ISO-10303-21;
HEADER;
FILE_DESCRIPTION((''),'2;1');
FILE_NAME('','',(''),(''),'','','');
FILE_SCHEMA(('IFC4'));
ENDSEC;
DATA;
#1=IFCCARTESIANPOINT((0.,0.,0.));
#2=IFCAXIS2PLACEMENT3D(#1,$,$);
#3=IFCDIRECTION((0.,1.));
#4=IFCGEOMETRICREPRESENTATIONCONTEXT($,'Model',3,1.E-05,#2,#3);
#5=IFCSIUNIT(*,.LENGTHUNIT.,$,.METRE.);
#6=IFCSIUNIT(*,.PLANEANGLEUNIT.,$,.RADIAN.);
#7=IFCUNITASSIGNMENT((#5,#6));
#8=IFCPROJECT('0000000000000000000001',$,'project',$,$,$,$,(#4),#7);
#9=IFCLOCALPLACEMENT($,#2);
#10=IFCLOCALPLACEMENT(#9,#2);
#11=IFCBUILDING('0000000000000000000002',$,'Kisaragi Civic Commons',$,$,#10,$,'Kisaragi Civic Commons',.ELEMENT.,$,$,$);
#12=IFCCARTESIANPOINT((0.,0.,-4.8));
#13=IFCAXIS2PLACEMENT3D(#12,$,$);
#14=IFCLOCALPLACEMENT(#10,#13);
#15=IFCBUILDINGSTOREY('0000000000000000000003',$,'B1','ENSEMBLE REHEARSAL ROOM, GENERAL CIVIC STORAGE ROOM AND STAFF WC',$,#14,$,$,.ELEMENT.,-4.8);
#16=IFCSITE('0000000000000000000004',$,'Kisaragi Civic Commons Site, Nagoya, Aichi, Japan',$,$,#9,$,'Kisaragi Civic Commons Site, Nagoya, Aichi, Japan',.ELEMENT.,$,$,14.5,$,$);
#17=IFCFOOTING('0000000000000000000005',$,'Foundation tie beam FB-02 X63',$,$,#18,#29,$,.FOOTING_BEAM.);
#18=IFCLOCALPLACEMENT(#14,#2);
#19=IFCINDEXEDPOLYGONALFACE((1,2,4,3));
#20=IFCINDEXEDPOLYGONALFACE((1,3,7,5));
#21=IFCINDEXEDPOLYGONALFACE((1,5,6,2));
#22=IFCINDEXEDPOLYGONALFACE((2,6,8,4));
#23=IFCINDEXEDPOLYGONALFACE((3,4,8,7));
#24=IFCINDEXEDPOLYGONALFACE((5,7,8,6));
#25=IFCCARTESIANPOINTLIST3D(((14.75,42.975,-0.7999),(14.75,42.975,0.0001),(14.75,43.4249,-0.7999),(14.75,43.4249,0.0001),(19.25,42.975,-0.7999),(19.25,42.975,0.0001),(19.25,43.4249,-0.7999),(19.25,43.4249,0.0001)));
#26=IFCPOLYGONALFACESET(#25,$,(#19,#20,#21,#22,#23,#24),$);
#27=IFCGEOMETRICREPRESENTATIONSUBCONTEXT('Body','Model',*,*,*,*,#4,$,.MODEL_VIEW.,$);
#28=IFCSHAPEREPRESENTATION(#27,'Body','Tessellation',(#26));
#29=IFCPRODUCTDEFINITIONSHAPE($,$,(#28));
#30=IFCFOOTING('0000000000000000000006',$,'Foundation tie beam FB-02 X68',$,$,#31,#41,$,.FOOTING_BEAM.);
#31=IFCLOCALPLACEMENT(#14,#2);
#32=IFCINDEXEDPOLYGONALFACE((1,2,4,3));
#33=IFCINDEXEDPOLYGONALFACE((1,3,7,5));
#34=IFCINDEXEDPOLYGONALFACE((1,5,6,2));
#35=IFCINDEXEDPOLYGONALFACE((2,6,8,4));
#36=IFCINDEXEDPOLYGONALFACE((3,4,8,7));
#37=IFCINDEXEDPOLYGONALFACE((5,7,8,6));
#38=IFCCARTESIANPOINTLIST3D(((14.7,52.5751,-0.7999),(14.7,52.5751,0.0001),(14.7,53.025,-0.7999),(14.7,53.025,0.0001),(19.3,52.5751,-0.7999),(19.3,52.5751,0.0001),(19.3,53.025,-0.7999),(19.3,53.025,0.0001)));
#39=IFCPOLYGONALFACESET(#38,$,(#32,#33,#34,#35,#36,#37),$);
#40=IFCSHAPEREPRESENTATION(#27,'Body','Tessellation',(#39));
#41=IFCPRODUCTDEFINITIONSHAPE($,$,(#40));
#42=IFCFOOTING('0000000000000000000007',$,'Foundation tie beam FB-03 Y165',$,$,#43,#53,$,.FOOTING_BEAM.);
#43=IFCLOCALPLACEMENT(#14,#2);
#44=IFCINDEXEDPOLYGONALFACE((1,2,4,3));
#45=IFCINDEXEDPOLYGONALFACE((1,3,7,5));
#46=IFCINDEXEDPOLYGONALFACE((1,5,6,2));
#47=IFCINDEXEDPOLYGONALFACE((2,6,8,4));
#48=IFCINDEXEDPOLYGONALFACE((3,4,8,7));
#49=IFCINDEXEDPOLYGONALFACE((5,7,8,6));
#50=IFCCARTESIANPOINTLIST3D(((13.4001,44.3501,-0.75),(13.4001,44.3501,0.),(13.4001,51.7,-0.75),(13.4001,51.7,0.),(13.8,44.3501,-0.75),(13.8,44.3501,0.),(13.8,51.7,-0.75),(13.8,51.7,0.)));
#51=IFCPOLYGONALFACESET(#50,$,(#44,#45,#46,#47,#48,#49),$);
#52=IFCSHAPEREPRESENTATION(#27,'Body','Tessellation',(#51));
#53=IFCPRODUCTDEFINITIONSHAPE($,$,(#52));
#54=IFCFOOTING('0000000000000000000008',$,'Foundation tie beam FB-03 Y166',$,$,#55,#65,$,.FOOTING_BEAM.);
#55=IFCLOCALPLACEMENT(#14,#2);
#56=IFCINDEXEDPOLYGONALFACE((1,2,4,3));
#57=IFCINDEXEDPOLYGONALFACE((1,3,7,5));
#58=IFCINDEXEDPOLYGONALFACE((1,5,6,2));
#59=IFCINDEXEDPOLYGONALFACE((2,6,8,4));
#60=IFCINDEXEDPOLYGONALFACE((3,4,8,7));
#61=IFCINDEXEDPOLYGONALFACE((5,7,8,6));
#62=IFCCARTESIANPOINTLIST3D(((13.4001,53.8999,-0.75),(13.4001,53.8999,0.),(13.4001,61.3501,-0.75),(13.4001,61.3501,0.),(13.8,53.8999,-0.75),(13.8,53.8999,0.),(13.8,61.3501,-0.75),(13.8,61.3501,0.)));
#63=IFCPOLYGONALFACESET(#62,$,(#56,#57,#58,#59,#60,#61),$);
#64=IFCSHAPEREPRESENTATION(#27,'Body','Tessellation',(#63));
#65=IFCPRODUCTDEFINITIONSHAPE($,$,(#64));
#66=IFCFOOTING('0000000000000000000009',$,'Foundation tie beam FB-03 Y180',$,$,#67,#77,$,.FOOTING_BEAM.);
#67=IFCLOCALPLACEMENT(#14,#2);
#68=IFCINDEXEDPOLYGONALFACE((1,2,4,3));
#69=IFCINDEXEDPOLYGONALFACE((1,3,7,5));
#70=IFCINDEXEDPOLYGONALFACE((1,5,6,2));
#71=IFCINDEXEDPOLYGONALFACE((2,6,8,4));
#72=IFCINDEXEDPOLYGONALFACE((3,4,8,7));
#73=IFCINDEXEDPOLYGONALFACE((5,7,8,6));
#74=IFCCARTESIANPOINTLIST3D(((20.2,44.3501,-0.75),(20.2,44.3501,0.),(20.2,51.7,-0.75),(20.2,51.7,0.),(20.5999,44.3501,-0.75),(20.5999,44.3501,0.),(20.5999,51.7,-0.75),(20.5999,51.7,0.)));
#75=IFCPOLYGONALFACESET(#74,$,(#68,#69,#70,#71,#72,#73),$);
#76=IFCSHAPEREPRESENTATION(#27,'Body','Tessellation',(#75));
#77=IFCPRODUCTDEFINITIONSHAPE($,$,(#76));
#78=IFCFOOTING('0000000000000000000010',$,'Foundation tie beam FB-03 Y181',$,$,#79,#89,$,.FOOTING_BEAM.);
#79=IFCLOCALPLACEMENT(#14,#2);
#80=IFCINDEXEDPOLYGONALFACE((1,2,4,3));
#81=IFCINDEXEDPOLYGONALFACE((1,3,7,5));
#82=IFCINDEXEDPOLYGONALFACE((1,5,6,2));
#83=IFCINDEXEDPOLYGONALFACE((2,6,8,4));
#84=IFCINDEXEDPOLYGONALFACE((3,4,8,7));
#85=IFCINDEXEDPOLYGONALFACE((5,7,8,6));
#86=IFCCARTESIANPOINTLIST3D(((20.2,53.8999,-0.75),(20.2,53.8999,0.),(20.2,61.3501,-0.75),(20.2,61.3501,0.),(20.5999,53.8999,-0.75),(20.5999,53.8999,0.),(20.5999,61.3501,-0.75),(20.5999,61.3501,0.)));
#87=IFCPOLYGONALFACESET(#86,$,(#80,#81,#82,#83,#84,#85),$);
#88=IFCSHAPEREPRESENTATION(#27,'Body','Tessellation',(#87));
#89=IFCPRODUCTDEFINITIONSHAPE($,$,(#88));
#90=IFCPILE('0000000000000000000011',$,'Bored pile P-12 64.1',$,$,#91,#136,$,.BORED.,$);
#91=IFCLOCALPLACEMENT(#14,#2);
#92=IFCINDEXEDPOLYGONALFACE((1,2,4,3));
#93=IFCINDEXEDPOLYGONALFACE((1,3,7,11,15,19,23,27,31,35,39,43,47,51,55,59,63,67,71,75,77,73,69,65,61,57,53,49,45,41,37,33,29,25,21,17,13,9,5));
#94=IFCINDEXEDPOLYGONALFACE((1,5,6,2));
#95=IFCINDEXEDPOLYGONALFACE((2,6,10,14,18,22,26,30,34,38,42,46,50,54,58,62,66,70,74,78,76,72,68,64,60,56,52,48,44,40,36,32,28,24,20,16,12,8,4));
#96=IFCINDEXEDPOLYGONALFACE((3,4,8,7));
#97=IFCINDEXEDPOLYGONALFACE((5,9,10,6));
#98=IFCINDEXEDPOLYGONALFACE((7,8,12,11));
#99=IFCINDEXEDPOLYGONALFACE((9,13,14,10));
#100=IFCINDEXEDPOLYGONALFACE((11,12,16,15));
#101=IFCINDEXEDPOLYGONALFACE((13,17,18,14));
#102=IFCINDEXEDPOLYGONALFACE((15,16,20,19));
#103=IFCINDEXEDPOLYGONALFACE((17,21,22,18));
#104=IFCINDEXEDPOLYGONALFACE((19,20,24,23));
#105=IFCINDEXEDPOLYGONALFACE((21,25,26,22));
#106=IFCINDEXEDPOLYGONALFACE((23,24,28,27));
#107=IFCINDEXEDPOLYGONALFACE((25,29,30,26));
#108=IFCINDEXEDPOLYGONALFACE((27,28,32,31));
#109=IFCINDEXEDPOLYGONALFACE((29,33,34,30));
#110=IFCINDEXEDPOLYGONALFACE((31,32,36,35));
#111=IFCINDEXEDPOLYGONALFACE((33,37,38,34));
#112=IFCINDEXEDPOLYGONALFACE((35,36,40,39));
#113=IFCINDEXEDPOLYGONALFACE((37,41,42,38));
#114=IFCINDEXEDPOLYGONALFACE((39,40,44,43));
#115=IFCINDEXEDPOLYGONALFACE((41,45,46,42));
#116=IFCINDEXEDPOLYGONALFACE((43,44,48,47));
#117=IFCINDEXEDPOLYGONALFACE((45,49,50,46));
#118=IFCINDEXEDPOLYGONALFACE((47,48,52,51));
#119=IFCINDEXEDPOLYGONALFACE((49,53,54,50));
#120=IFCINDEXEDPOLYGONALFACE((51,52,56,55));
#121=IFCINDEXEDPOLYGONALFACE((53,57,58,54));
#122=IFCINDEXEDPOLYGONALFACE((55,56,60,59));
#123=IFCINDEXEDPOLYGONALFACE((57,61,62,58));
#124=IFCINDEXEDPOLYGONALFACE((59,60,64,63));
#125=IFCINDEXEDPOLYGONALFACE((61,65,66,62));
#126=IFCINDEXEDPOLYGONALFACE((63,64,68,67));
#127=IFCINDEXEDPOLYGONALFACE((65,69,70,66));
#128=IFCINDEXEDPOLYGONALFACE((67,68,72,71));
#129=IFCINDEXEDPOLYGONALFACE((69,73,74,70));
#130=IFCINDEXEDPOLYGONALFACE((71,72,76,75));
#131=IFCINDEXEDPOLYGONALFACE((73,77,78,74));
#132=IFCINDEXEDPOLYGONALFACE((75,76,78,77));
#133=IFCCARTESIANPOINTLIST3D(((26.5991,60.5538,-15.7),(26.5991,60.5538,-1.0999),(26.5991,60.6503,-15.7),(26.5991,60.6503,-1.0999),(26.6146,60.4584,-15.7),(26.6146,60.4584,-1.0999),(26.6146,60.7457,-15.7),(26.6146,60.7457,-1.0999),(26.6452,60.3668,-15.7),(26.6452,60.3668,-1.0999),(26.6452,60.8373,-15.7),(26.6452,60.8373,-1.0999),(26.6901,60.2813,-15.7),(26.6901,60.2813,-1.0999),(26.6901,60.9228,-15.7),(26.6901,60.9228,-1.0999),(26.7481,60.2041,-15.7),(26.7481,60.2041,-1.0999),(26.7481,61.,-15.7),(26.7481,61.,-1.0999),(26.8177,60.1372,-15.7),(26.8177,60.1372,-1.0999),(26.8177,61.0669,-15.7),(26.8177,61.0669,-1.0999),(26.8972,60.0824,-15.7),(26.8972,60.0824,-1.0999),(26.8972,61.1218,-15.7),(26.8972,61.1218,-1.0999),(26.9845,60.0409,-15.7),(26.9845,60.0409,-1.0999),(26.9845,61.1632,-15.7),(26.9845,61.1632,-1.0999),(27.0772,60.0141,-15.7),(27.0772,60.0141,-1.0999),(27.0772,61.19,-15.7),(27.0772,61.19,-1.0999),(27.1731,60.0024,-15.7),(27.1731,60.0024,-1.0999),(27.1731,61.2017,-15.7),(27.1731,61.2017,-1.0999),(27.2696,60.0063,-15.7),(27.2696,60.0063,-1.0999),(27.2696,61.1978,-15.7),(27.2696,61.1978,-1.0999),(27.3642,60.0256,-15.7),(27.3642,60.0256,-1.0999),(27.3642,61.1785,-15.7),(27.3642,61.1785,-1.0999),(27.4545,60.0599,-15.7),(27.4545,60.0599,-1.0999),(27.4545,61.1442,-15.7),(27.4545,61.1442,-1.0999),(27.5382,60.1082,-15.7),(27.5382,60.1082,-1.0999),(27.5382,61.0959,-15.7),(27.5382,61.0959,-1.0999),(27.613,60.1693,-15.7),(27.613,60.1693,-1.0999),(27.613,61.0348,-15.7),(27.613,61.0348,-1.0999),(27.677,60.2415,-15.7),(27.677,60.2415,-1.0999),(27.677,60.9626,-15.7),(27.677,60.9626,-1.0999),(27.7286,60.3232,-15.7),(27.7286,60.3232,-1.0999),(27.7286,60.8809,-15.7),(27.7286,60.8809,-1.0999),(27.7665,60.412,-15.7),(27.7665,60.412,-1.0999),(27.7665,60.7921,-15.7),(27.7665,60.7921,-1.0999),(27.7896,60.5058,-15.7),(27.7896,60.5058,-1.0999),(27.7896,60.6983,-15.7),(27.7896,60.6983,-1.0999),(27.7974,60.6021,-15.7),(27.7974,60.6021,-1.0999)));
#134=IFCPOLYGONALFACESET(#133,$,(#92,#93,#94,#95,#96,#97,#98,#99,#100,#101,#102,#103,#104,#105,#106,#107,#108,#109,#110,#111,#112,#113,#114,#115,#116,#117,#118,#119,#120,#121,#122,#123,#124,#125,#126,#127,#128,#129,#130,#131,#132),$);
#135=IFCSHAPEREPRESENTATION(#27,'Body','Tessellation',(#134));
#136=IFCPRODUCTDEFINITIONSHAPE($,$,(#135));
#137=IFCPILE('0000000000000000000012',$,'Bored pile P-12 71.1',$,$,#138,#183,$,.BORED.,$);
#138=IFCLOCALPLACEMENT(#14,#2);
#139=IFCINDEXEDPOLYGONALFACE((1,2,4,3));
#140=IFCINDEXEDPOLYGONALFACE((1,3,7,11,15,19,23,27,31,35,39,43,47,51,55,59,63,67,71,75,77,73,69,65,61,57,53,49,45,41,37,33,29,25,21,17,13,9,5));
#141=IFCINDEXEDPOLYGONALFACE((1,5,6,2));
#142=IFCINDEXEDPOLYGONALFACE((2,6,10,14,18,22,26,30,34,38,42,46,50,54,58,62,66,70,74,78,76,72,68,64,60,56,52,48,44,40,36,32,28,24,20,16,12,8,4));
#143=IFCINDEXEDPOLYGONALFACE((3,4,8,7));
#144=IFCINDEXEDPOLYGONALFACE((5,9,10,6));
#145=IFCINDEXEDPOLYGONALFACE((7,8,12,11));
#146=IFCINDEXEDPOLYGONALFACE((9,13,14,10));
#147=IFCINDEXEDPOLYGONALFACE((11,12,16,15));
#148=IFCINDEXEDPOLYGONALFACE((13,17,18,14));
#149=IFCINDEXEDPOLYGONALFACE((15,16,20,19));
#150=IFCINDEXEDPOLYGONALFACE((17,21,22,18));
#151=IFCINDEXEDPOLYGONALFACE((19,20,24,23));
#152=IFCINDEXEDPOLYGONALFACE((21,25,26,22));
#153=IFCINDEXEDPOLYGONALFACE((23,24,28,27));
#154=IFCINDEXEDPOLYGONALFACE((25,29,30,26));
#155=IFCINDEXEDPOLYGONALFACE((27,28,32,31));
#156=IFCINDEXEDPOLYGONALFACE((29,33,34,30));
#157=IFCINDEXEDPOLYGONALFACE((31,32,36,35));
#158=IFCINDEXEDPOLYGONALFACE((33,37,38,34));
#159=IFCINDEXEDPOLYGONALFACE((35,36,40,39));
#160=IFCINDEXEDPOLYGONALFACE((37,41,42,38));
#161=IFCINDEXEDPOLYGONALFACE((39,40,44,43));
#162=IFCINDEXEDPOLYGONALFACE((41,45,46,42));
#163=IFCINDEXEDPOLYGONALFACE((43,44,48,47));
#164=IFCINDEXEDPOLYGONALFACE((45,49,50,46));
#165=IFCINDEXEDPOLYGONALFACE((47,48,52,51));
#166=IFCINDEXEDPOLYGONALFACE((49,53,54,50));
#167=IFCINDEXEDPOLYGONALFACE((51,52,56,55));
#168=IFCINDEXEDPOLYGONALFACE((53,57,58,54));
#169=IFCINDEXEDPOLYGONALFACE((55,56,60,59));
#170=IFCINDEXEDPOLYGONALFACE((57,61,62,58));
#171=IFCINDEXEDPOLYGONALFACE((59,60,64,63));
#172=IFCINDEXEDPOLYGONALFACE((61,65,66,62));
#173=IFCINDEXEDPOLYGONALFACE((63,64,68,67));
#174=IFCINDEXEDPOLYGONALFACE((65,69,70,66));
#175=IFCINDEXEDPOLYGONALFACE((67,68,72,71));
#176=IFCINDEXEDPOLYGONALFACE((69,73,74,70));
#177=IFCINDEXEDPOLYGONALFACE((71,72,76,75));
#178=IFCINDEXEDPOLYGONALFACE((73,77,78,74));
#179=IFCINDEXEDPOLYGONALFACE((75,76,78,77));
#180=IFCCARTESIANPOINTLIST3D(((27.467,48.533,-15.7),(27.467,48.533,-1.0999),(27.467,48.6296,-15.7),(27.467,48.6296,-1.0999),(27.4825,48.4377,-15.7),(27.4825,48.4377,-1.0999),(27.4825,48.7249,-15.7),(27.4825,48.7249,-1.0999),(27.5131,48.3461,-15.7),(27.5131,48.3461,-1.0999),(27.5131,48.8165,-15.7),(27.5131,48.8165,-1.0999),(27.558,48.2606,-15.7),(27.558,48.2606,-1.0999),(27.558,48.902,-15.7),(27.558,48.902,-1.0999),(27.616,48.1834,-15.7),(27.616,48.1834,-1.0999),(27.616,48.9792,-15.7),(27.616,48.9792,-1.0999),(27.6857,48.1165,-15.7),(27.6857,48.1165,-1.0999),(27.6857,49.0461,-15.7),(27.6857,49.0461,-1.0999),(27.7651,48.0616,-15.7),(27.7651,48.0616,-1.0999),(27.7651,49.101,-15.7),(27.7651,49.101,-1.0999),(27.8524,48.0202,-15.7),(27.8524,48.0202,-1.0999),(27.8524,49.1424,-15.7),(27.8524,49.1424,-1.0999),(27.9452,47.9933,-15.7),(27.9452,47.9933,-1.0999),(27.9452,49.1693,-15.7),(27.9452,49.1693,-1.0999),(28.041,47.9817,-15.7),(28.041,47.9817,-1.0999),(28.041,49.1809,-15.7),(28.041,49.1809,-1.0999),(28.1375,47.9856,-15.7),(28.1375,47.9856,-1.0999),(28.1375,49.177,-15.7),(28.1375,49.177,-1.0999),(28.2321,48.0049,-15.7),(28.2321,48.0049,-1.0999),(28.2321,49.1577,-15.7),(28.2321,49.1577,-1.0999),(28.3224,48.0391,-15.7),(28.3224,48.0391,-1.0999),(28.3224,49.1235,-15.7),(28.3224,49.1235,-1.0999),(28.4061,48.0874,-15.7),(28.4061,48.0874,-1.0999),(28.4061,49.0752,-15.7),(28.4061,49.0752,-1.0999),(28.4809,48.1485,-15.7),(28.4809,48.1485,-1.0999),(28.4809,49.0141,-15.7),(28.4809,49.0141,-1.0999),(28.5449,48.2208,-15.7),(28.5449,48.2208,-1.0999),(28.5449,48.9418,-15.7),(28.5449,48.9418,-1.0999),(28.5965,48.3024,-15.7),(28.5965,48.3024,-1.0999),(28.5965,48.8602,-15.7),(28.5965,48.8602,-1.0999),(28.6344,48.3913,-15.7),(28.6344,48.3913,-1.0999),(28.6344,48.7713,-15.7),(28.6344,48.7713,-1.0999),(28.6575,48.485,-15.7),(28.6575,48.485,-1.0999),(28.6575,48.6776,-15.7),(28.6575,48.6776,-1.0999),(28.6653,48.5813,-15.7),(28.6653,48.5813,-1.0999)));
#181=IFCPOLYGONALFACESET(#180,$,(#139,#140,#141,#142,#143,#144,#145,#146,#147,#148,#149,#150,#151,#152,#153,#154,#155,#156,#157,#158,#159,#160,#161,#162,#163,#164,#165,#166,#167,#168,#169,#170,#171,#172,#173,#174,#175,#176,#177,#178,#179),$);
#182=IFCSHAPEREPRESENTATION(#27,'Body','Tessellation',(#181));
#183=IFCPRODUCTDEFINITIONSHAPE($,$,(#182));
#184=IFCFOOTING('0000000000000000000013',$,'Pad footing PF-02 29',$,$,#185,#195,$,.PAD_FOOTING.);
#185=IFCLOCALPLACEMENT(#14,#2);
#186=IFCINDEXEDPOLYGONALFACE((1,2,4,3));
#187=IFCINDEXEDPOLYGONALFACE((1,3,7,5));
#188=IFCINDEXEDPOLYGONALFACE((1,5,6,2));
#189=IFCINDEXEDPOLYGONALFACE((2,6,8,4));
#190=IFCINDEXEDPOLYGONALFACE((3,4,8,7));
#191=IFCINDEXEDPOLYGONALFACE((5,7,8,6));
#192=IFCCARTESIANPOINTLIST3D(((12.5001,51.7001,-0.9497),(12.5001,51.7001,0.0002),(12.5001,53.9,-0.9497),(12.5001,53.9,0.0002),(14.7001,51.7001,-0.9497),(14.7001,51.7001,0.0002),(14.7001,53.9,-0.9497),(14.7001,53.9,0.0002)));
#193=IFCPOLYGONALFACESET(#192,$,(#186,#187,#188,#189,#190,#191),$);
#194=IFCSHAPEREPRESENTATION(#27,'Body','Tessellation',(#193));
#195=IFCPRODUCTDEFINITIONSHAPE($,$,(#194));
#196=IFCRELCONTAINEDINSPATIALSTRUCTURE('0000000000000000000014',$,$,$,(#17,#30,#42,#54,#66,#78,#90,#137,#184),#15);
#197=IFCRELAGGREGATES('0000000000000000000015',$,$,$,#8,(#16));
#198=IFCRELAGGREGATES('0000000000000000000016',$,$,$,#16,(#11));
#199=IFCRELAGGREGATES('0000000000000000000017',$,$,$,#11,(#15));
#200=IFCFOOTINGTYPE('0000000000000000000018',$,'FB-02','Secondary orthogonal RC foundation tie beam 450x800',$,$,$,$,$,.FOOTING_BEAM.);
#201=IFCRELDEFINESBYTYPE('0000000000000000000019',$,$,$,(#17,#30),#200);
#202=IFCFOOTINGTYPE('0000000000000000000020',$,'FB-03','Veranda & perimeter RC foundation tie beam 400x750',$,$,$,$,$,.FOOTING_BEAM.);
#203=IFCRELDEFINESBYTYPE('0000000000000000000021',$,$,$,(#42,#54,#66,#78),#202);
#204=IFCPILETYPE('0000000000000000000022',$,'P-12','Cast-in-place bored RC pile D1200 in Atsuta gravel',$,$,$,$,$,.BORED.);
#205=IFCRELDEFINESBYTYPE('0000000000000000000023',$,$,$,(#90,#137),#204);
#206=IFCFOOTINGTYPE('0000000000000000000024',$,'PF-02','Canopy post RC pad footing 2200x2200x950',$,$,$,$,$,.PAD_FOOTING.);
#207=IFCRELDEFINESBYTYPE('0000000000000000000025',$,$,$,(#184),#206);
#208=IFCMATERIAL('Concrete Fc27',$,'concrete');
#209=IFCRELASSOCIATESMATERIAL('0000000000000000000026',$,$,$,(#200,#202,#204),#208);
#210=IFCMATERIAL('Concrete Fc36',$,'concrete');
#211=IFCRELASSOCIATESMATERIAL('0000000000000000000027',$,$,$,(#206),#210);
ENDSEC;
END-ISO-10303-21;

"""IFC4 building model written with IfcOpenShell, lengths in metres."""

from ifc_helpers import new_model, si_unit, direction, frame, origin, origin_2d, place, context, subcontext, project, spatial, rectangle, circle, extrude, material, material_profile, profile_set, type_object, element, save


model = new_model("IFC4")

# Units and contexts
model_context = context("Model", 3, precision=1e-05, world=origin(), true_north=direction((0.0, 1.0)))
body_context = subcontext(model_context, "Body", "Model", "MODEL_VIEW")
ifc_project = project(units=[si_unit("LENGTHUNIT", "METRE"), si_unit("PLANEANGLEUNIT", "RADIAN")], contexts=[model_context])

# Site, building, storey
site_placement = place(None, origin())
site = spatial("IfcSite", under=ifc_project, at=site_placement, Name="Kisaragi Civic Commons Site, Nagoya, Aichi, Japan", LongName="Kisaragi Civic Commons Site, Nagoya, Aichi, Japan", CompositionType="ELEMENT", RefElevation=14.5)
building_placement = place(site_placement, origin())
building = spatial("IfcBuilding", under=site, at=building_placement, Name="Kisaragi Civic Commons", LongName="Kisaragi Civic Commons", CompositionType="ELEMENT")
storey_placement = place(building_placement, frame((0.0, 0.0, -4.8)))
storey = spatial("IfcBuildingStorey", under=building, at=storey_placement, Name="B1", Description="ENSEMBLE REHEARSAL ROOM, GENERAL CIVIC STORAGE ROOM AND STAFF WC", CompositionType="ELEMENT", Elevation=-4.8)

# Footings
ifc_material_1 = material(Name="Concrete Fc27", Category="concrete")
ifc_material_profile_1 = material_profile(ifc_material_1, rectangle(XDim=0.45, YDim=0.8, at=origin_2d()), Name="RC-450x800", Category="concrete")
ifc_profile_set_1 = profile_set([ifc_material_profile_1], Name="Concrete Fc27")
footing_type_1 = type_object("IfcFootingType", Name="FB-02", Description="Secondary orthogonal RC foundation tie beam 450x800", PredefinedType="FOOTING_BEAM", material=ifc_profile_set_1)
footing_1_placement = place(storey_placement, frame((14.75, 43.2, -0.3999), z_axis=(1.0, 0.0, 0.0), x_axis=(0.0, 1.0, 0.0)))
element("IfcFooting", 1, at=footing_1_placement, inside=storey, type_object=footing_type_1, Name="Foundation tie beam FB-02 X63", PredefinedType="FOOTING_BEAM", context=body_context, shape_type="SweptSolid", body=[
    extrude(rectangle(XDim=0.45, YDim=0.8, at=origin_2d()), origin(), (0.0, 0.0, 1.0), 4.5),
])
footing_2_placement = place(storey_placement, frame((14.7, 52.8, -0.3999), z_axis=(1.0, 0.0, 0.0), x_axis=(0.0, 1.0, 0.0)))
element("IfcFooting", 2, at=footing_2_placement, inside=storey, type_object=footing_type_1, Name="Foundation tie beam FB-02 X68", PredefinedType="FOOTING_BEAM", context=body_context, shape_type="SweptSolid", body=[
    extrude(rectangle(XDim=0.45, YDim=0.8, at=origin_2d()), origin(), (0.0, 0.0, 1.0), 4.6001),
])
ifc_material_profile_2 = material_profile(ifc_material_1, rectangle(XDim=0.3999, YDim=0.75, at=origin_2d()), Name="RC-400x750", Category="concrete")
ifc_profile_set_2 = profile_set([ifc_material_profile_2], Name="Concrete Fc27")
footing_type_2 = type_object("IfcFootingType", Name="FB-03", Description="Veranda & perimeter RC foundation tie beam 400x750", PredefinedType="FOOTING_BEAM", material=ifc_profile_set_2)
footing_3_placement = place(storey_placement, frame((13.6001, 44.3501, -0.375), z_axis=(0.0, 1.0, 0.0), x_axis=(-1.0, 0.0, 0.0)))
element("IfcFooting", 3, at=footing_3_placement, inside=storey, type_object=footing_type_2, Name="Foundation tie beam FB-03 Y165", PredefinedType="FOOTING_BEAM", context=body_context, shape_type="SweptSolid", body=[
    extrude(rectangle(XDim=0.3999, YDim=0.75, at=origin_2d()), origin(), (0.0, 0.0, 1.0), 7.3499),
])
footing_4_placement = place(storey_placement, frame((13.6001, 53.8999, -0.375), z_axis=(0.0, 1.0, 0.0), x_axis=(-1.0, 0.0, 0.0)))
element("IfcFooting", 4, at=footing_4_placement, inside=storey, type_object=footing_type_2, Name="Foundation tie beam FB-03 Y166", PredefinedType="FOOTING_BEAM", context=body_context, shape_type="SweptSolid", body=[
    extrude(rectangle(XDim=0.3999, YDim=0.75, at=origin_2d()), origin(), (0.0, 0.0, 1.0), 7.4502),
])
footing_5_placement = place(storey_placement, frame((20.3999, 44.3501, -0.375), z_axis=(0.0, 1.0, 0.0), x_axis=(-1.0, 0.0, 0.0)))
element("IfcFooting", 5, at=footing_5_placement, inside=storey, type_object=footing_type_2, Name="Foundation tie beam FB-03 Y180", PredefinedType="FOOTING_BEAM", context=body_context, shape_type="SweptSolid", body=[
    extrude(rectangle(XDim=0.3999, YDim=0.75, at=origin_2d()), origin(), (0.0, 0.0, 1.0), 7.3499),
])
footing_6_placement = place(storey_placement, frame((20.3999, 53.8999, -0.375), z_axis=(0.0, 1.0, 0.0), x_axis=(-1.0, 0.0, 0.0)))
element("IfcFooting", 6, at=footing_6_placement, inside=storey, type_object=footing_type_2, Name="Foundation tie beam FB-03 Y181", PredefinedType="FOOTING_BEAM", context=body_context, shape_type="SweptSolid", body=[
    extrude(rectangle(XDim=0.3999, YDim=0.75, at=origin_2d()), origin(), (0.0, 0.0, 1.0), 7.4502),
])

# Piles
ifc_material_profile_3 = material_profile(ifc_material_1, circle(Radius=0.6001, at=origin_2d()), Name="PILE-D1200", Category="concrete")
ifc_profile_set_3 = profile_set([ifc_material_profile_3], Name="Concrete Fc27")
pile_type = type_object("IfcPileType", Name="P-12", Description="Cast-in-place bored RC pile D1200 in Atsuta gravel", PredefinedType="BORED", material=ifc_profile_set_3)
for number, where, z_axis, x_axis, name in (
    (7, (27.1973, 60.6021, -1.0999), (0.0, 0.0, -1.0), (1.0, 0.0, 0.0), "Bored pile P-12 64.1"),
    (8, (28.0652, 48.5813, -1.0999), (0.0, 0.0, -1.0), (1.0, 0.0, 0.0), "Bored pile P-12 71.1"),
):
    element("IfcPile", number, at=place(storey_placement, frame(where, z_axis=z_axis, x_axis=x_axis)), inside=storey, type_object=pile_type, Name=name, PredefinedType="BORED", context=body_context, shape_type="SweptSolid", body=[
        extrude(circle(Radius=0.6001, at=origin_2d()), origin(), (0.0, 0.0, 1.0), 14.6001),
    ])

# Footing
ifc_material_2 = material(Name="Concrete Fc36", Category="concrete")
footing_type_3 = type_object("IfcFootingType", Name="PF-02", Description="Canopy post RC pad footing 2200x2200x950", PredefinedType="PAD_FOOTING", material=ifc_material_2)
for number, where, z_axis, x_axis, name in (
    (9, (13.6001, 52.8, -0.9497), (0.0, 0.0, 1.0), (1.0, 0.0, 0.0), "Pad footing PF-02 29"),
):
    element("IfcFooting", number, at=place(storey_placement, frame(where, z_axis=z_axis, x_axis=x_axis)), inside=storey, type_object=footing_type_3, Name=name, PredefinedType="PAD_FOOTING", context=body_context, shape_type="SweptSolid", body=[
        extrude(rectangle(XDim=2.2, YDim=2.2, at=origin_2d()), origin(), (0.0, 0.0, 1.0), 0.95),
    ])

save(model, "model.ifc")
